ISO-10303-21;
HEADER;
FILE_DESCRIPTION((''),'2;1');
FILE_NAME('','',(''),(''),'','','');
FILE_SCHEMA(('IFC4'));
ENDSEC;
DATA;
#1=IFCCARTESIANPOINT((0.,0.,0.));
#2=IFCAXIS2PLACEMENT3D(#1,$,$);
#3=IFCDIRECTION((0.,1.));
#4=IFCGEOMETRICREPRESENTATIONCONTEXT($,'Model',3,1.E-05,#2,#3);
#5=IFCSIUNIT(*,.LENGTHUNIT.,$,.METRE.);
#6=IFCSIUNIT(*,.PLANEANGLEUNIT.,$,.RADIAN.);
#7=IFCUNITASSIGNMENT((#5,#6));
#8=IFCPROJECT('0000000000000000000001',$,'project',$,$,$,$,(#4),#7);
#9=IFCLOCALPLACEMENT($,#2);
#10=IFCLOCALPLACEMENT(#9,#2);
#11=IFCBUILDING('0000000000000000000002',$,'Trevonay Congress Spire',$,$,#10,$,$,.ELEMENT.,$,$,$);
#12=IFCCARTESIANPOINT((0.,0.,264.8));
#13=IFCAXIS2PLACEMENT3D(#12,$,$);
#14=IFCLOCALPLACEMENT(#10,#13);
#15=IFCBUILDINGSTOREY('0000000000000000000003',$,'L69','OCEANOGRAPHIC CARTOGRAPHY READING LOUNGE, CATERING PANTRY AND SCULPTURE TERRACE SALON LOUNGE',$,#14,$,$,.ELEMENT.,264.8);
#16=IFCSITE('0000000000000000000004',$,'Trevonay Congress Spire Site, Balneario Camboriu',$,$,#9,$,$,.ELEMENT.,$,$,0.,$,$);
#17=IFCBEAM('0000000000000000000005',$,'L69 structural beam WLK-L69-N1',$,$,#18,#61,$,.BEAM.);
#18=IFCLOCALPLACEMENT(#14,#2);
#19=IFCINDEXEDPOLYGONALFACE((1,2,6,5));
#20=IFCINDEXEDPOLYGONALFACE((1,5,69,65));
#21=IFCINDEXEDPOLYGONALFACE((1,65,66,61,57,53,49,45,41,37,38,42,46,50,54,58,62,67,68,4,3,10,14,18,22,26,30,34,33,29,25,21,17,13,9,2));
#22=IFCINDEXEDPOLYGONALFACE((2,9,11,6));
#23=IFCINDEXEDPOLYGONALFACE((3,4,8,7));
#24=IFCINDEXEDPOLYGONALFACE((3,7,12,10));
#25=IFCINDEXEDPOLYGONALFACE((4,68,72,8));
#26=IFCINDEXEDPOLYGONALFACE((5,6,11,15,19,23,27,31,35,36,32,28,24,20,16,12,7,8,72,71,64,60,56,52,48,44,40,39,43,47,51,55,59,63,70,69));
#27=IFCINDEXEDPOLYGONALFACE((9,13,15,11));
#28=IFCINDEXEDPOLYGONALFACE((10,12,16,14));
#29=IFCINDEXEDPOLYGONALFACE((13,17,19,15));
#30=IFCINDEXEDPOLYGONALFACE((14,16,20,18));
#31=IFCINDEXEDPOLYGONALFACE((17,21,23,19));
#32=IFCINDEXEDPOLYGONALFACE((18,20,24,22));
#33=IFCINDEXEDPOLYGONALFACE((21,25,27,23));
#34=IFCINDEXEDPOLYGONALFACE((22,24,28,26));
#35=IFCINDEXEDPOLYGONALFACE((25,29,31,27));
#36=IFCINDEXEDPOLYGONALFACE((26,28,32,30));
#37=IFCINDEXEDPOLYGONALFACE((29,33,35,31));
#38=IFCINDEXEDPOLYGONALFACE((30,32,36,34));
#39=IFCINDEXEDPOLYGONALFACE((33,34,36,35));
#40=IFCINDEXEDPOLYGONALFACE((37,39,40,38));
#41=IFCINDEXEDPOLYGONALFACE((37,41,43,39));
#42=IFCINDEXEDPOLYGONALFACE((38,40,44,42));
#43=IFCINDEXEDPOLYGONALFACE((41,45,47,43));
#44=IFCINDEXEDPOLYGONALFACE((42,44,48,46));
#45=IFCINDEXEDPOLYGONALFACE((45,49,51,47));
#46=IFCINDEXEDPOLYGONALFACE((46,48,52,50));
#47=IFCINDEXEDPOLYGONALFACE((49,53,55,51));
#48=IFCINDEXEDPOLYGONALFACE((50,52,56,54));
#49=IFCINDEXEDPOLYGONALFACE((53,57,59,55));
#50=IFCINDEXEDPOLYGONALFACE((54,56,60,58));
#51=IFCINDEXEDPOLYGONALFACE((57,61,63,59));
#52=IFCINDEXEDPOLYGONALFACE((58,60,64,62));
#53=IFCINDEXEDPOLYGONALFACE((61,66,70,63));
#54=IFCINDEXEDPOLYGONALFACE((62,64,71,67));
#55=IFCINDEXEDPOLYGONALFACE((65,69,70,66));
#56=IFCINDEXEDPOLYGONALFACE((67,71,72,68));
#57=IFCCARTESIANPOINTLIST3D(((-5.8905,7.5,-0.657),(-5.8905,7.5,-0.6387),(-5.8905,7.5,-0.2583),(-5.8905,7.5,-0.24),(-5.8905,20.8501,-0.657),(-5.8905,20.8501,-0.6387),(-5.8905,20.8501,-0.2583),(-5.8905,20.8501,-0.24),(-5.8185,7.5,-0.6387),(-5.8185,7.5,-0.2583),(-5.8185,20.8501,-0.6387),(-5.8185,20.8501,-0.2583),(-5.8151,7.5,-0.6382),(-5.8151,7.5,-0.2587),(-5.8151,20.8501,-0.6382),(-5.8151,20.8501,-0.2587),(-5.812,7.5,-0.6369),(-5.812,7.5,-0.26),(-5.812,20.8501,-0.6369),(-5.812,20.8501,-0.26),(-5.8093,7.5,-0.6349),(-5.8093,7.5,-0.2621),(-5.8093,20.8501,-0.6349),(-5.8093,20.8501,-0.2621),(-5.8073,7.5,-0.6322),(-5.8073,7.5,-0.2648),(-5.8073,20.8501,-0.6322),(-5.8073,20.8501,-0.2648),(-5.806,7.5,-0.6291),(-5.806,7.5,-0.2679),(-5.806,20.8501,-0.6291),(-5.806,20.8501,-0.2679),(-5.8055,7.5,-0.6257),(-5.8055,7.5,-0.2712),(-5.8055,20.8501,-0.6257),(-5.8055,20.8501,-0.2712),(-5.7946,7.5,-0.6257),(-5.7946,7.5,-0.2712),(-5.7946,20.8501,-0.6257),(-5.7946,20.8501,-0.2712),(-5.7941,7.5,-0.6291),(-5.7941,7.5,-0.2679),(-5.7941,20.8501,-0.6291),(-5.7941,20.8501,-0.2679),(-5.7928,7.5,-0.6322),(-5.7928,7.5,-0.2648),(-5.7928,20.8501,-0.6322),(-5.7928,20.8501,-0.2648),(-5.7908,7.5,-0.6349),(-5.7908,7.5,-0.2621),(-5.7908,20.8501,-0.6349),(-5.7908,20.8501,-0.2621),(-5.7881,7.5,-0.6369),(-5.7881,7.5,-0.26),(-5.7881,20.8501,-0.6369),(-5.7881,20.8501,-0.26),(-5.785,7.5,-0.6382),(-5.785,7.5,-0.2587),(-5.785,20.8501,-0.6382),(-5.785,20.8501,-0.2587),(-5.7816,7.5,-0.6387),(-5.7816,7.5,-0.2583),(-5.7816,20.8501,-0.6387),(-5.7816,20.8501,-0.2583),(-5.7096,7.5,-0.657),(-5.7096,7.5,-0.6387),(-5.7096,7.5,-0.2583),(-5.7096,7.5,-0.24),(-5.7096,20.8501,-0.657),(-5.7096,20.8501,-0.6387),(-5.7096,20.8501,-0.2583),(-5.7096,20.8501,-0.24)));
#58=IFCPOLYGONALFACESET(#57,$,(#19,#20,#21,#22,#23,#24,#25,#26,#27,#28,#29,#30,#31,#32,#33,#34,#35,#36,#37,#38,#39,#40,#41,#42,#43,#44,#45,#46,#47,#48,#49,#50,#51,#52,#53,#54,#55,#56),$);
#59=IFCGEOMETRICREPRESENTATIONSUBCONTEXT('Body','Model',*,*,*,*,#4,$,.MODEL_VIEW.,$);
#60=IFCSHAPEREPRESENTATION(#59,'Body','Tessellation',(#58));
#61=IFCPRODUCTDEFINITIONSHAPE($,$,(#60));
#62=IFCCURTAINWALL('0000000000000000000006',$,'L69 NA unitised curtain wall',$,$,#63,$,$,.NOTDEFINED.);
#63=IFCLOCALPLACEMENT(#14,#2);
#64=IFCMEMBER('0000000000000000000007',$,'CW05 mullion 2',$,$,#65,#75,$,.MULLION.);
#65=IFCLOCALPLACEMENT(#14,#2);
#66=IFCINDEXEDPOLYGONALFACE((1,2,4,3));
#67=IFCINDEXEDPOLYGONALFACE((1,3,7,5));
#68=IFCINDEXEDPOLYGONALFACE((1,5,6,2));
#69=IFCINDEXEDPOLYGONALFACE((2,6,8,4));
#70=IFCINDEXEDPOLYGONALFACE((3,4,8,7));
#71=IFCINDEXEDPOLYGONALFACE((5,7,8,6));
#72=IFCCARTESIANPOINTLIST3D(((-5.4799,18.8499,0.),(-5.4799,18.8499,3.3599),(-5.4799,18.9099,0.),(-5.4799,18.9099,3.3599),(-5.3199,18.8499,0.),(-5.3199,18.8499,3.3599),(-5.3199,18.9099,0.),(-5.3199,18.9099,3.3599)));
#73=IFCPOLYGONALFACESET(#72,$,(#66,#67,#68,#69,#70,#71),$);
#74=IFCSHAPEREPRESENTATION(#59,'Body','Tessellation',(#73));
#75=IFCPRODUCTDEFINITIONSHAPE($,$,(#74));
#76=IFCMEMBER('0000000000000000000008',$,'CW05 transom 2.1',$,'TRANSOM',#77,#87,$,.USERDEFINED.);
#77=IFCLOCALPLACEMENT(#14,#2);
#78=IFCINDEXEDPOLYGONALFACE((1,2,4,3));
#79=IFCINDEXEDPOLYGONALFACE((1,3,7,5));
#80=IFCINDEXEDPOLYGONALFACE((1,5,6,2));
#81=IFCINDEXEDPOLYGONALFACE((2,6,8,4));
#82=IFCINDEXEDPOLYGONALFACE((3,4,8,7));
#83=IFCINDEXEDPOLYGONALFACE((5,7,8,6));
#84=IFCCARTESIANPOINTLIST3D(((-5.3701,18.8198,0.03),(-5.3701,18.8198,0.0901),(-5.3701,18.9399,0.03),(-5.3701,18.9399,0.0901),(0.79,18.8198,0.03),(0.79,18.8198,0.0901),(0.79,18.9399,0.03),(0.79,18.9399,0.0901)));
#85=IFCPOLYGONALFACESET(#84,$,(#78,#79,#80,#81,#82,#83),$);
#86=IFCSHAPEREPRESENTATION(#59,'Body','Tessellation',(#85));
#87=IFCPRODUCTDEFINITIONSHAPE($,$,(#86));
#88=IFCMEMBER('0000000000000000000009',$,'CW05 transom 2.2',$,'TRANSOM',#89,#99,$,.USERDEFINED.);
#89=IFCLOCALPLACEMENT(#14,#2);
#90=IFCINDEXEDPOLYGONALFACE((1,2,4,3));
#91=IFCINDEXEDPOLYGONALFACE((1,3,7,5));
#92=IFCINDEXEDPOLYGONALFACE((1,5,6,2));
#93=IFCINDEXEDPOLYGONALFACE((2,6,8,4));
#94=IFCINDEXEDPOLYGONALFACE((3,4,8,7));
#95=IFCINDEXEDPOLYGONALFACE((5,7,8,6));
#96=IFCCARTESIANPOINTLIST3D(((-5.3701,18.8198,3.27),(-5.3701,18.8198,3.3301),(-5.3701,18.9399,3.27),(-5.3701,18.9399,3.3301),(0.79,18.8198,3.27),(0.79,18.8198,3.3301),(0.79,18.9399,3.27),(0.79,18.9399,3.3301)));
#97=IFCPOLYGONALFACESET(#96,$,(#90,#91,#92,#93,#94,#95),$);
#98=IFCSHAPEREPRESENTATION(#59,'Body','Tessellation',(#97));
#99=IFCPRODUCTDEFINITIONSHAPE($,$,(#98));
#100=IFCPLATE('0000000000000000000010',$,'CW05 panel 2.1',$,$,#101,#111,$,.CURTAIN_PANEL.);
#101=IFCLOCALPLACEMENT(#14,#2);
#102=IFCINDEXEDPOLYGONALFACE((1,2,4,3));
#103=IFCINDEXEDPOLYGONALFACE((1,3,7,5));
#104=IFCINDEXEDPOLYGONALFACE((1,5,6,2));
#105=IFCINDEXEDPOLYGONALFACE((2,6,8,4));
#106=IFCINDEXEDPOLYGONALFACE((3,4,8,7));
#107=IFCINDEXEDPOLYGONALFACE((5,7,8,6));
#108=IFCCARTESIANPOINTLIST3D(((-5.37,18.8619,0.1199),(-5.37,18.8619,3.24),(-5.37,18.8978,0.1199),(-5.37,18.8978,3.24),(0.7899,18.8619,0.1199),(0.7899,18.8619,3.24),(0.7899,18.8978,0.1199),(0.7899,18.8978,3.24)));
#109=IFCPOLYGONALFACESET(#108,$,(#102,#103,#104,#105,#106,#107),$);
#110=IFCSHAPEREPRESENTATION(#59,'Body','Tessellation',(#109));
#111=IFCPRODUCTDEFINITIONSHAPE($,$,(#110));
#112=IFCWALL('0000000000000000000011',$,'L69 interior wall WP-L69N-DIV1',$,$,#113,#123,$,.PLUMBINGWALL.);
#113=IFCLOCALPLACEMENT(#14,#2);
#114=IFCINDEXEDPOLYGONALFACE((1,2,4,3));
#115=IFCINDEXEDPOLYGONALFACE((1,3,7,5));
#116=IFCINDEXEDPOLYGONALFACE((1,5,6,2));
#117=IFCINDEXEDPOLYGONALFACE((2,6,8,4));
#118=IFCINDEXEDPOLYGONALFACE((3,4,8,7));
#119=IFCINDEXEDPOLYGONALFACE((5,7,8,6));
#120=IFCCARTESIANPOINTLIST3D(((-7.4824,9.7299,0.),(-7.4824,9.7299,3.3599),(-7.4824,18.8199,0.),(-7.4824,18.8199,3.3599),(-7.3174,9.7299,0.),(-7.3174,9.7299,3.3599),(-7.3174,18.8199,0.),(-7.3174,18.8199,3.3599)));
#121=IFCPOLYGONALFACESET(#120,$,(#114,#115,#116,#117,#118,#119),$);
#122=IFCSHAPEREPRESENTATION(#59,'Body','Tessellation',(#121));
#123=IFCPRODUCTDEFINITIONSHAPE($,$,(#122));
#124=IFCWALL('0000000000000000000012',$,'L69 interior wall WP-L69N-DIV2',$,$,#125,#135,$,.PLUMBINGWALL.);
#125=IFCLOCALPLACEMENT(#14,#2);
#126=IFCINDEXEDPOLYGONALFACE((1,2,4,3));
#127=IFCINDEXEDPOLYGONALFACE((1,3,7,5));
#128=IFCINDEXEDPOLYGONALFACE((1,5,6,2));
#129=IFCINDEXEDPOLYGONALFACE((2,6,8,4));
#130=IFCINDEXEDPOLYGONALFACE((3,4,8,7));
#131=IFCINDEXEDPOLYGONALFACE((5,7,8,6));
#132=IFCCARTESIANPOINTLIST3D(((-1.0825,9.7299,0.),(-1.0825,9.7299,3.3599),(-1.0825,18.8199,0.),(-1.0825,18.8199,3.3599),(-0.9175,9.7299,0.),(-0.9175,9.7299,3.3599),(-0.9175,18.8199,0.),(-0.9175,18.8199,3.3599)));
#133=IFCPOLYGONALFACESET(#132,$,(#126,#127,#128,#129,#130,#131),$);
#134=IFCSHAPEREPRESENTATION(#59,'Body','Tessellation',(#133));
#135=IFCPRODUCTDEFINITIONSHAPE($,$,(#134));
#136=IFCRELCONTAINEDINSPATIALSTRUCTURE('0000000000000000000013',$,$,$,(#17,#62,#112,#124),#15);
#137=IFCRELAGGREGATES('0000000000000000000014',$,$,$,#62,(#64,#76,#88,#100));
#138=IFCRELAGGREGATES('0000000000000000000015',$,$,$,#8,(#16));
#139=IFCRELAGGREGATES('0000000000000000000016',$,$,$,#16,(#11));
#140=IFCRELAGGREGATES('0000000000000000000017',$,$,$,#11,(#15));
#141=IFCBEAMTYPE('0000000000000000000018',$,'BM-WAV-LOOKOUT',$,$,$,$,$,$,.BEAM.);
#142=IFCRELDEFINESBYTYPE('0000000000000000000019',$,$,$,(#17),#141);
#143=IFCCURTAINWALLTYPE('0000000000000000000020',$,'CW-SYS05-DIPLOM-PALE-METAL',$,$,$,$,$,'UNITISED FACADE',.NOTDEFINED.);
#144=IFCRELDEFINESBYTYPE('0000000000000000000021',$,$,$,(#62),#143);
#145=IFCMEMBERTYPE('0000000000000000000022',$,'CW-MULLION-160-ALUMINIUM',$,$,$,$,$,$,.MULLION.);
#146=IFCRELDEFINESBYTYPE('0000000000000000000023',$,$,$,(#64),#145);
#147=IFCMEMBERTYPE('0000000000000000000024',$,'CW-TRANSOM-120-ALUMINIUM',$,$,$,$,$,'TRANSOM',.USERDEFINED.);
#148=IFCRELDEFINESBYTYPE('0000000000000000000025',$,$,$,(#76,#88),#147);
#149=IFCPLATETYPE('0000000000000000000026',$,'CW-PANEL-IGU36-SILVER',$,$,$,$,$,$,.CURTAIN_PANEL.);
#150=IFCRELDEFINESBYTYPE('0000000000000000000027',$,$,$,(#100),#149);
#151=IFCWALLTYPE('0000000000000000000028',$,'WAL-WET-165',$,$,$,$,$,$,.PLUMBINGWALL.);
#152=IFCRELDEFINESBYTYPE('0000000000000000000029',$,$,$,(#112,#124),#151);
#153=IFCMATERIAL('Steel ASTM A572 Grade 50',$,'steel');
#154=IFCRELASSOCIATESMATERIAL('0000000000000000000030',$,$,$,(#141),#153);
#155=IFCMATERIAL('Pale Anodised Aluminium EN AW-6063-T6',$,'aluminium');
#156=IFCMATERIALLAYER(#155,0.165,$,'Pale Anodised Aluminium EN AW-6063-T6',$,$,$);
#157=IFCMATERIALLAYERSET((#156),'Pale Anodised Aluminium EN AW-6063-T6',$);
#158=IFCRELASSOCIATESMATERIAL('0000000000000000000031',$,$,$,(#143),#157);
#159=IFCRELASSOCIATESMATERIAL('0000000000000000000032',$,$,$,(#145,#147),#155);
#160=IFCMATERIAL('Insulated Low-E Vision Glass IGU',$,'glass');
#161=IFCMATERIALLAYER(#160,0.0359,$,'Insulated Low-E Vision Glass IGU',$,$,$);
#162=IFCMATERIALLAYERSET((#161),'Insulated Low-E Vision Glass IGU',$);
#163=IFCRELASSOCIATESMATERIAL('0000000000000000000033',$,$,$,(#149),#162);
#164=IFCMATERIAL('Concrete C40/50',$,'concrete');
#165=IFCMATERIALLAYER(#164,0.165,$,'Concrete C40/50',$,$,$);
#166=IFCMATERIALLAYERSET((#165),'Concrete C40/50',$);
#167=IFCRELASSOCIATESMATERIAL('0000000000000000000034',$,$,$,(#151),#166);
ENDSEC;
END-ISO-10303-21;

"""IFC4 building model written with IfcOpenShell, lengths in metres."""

from ifc_helpers import new_model, si_unit, direction, frame, frame_2d, origin, origin_2d, place, context, subcontext, project, spatial, rectangle, i_section, extrude, material, layer, layer_set, material_profile, profile_set, type_object, element, aggregate, save


model = new_model("IFC4")

# Units and contexts
model_context = context("Model", 3, precision=1e-05, world=origin(), true_north=direction((0.0, 1.0)))
body_context = subcontext(model_context, "Body", "Model", "MODEL_VIEW")
ifc_project = project(units=[si_unit("LENGTHUNIT", "METRE"), si_unit("PLANEANGLEUNIT", "RADIAN")], contexts=[model_context])

# Site, building, storey
site_placement = place(None, origin())
site = spatial("IfcSite", under=ifc_project, at=site_placement, Name="Trevonay Congress Spire Site, Balneario Camboriu", CompositionType="ELEMENT", RefElevation=0.0)
building_placement = place(site_placement, origin())
building = spatial("IfcBuilding", under=site, at=building_placement, Name="Trevonay Congress Spire", CompositionType="ELEMENT")
storey_placement = place(building_placement, frame((0.0, 0.0, 264.8)))
storey = spatial("IfcBuildingStorey", under=building, at=storey_placement, Name="L69", Description="OCEANOGRAPHIC CARTOGRAPHY READING LOUNGE, CATERING PANTRY AND SCULPTURE TERRACE SALON LOUNGE", CompositionType="ELEMENT", Elevation=264.8)

# Shared definitions
ifc_material_1 = material(Name="Steel ASTM A572 Grade 50", Category="steel")

# Beam
ifc_material_profile_1 = material_profile(ifc_material_1, i_section(OverallWidth=0.1809, OverallDepth=0.417, WebThickness=0.011, FlangeThickness=0.0183, FilletRadius=0.0129, at=origin_2d()), Name="W410x85")
ifc_profile_set_1 = profile_set([ifc_material_profile_1], Name="Steel ASTM A572 Grade 50")
beam_type_1 = type_object("IfcBeamType", Name="BM-WAV-LOOKOUT", PredefinedType="BEAM", material=ifc_profile_set_1)
beam_1_placement = place(storey_placement, frame((-5.8, 7.5, -0.4485), z_axis=(0.0, 1.0, 0.0), x_axis=(-1.0, 0.0, 0.0)))
element("IfcBeam", 1, at=beam_1_placement, inside=storey, type_object=beam_type_1, Name="L69 structural beam WLK-L69-N1", PredefinedType="BEAM", context=body_context, shape_type="SweptSolid", body=[
    extrude(i_section(OverallWidth=0.1809, OverallDepth=0.417, WebThickness=0.011, FlangeThickness=0.0183, FilletRadius=0.0129, at=origin_2d()), origin(), (0.0, 0.0, 1.0), 13.3501),
])

# Curtain wall, members, plate
ifc_material_2 = material(Name="Pale Anodised Aluminium EN AW-6063-T6", Category="aluminium")
ifc_layer_1 = layer(ifc_material_2, 0.165, Name="Pale Anodised Aluminium EN AW-6063-T6")
ifc_layer_set_1 = layer_set([ifc_layer_1], Name="Pale Anodised Aluminium EN AW-6063-T6")
curtain_wall_type = type_object("IfcCurtainWallType", Name="CW-SYS05-DIPLOM-PALE-METAL", ElementType="UNITISED FACADE", PredefinedType="NOTDEFINED", material=ifc_layer_set_1)
curtain_wall_placement = place(storey_placement, origin())
curtain_wall = element("IfcCurtainWall", 2, at=curtain_wall_placement, inside=storey, type_object=curtain_wall_type, Name="L69 NA unitised curtain wall", PredefinedType="NOTDEFINED")
ifc_material_profile_2 = material_profile(ifc_material_2, rectangle(XDim=0.0601, YDim=0.1599, at=origin_2d()), Name="CW-MULLION-160-ALUMINIUM")
ifc_profile_set_2 = profile_set([ifc_material_profile_2], Name="Pale Anodised Aluminium EN AW-6063-T6")
member_type_1 = type_object("IfcMemberType", Name="CW-MULLION-160-ALUMINIUM", PredefinedType="MULLION", material=ifc_profile_set_2)
member_1_placement = place(storey_placement, frame((-5.3999, 18.8799, 0.0), z_axis=(0.0, 0.0, 1.0), x_axis=(0.0, 1.0, 0.0)))
member_1 = element("IfcMember", 3, at=member_1_placement, type_object=member_type_1, Name="CW05 mullion 2", PredefinedType="MULLION", context=body_context, shape_type="SweptSolid", body=[
    extrude(rectangle(XDim=0.0601, YDim=0.1599, at=origin_2d()), origin(), (0.0, 0.0, 1.0), 3.3599),
])
ifc_material_profile_3 = material_profile(ifc_material_2, rectangle(XDim=0.1201, YDim=0.0601, at=origin_2d()), Name="CW-TRANSOM-120-ALUMINIUM")
ifc_profile_set_3 = profile_set([ifc_material_profile_3], Name="Pale Anodised Aluminium EN AW-6063-T6")
member_type_2 = type_object("IfcMemberType", Name="CW-TRANSOM-120-ALUMINIUM", ElementType="TRANSOM", PredefinedType="USERDEFINED", material=ifc_profile_set_3)
member_2_placement = place(storey_placement, frame((-5.3701, 18.8799, 0.0601), z_axis=(1.0, 0.0, 0.0), x_axis=(0.0, 1.0, 0.0)))
member_2 = element("IfcMember", 4, at=member_2_placement, type_object=member_type_2, Name="CW05 transom 2.1", ObjectType="TRANSOM", PredefinedType="USERDEFINED", context=body_context, shape_type="SweptSolid", body=[
    extrude(rectangle(XDim=0.1201, YDim=0.0601, at=origin_2d()), origin(), (0.0, 0.0, 1.0), 6.1602),
])
member_3_placement = place(storey_placement, frame((-5.3701, 18.8799, 3.3), z_axis=(1.0, 0.0, 0.0), x_axis=(0.0, 1.0, 0.0)))
member_3 = element("IfcMember", 5, at=member_3_placement, type_object=member_type_2, Name="CW05 transom 2.2", ObjectType="TRANSOM", PredefinedType="USERDEFINED", context=body_context, shape_type="SweptSolid", body=[
    extrude(rectangle(XDim=0.1201, YDim=0.0601, at=origin_2d()), origin(), (0.0, 0.0, 1.0), 6.1602),
])
ifc_material_3 = material(Name="Insulated Low-E Vision Glass IGU", Category="glass")
ifc_layer_2 = layer(ifc_material_3, 0.0359, Name="Insulated Low-E Vision Glass IGU")
ifc_layer_set_2 = layer_set([ifc_layer_2], Name="Insulated Low-E Vision Glass IGU")
plate_type = type_object("IfcPlateType", Name="CW-PANEL-IGU36-SILVER", PredefinedType="CURTAIN_PANEL", material=ifc_layer_set_2)
plate_placement = place(storey_placement, frame((-2.29, 18.8799, 0.1199), z_axis=(0.0, 0.0, 1.0), x_axis=(1.0, 0.0, 0.0)))
plate = element("IfcPlate", 6, at=plate_placement, type_object=plate_type, Name="CW05 panel 2.1", PredefinedType="CURTAIN_PANEL", context=body_context, shape_type="SweptSolid", body=[
    extrude(rectangle(XDim=6.1599, YDim=0.0359, at=origin_2d()), origin(), (0.0, 0.0, 1.0), 3.1201),
])
aggregate(curtain_wall, [member_1, member_2, member_3, plate])

# Walls
ifc_material_4 = material(Name="Concrete C40/50", Category="concrete")
ifc_layer_3 = layer(ifc_material_4, 0.165, Name="Concrete C40/50")
ifc_layer_set_3 = layer_set([ifc_layer_3], Name="Concrete C40/50")
wall_type = type_object("IfcWallType", Name="WAL-WET-165", PredefinedType="PLUMBINGWALL", material=ifc_layer_set_3)
for number, where, z_axis, x_axis, name in (
    (7, (-7.3999, 9.73, 0.0), (0.0, 0.0, 1.0), (0.0, 1.0, 0.0), "L69 interior wall WP-L69N-DIV1"),
    (8, (-1.0, 9.73, 0.0), (0.0, 0.0, 1.0), (0.0, 1.0, 0.0), "L69 interior wall WP-L69N-DIV2"),
):
    element("IfcWall", number, at=place(storey_placement, frame(where, z_axis=z_axis, x_axis=x_axis)), inside=storey, type_object=wall_type, Name=name, PredefinedType="PLUMBINGWALL", context=body_context, shape_type="SweptSolid", body=[
        extrude(rectangle(XDim=9.0901, YDim=0.165, at=frame_2d((4.5449, 0.0))), origin(), (0.0, 0.0, 1.0), 3.3599),
    ])

save(model, "model.ifc")
